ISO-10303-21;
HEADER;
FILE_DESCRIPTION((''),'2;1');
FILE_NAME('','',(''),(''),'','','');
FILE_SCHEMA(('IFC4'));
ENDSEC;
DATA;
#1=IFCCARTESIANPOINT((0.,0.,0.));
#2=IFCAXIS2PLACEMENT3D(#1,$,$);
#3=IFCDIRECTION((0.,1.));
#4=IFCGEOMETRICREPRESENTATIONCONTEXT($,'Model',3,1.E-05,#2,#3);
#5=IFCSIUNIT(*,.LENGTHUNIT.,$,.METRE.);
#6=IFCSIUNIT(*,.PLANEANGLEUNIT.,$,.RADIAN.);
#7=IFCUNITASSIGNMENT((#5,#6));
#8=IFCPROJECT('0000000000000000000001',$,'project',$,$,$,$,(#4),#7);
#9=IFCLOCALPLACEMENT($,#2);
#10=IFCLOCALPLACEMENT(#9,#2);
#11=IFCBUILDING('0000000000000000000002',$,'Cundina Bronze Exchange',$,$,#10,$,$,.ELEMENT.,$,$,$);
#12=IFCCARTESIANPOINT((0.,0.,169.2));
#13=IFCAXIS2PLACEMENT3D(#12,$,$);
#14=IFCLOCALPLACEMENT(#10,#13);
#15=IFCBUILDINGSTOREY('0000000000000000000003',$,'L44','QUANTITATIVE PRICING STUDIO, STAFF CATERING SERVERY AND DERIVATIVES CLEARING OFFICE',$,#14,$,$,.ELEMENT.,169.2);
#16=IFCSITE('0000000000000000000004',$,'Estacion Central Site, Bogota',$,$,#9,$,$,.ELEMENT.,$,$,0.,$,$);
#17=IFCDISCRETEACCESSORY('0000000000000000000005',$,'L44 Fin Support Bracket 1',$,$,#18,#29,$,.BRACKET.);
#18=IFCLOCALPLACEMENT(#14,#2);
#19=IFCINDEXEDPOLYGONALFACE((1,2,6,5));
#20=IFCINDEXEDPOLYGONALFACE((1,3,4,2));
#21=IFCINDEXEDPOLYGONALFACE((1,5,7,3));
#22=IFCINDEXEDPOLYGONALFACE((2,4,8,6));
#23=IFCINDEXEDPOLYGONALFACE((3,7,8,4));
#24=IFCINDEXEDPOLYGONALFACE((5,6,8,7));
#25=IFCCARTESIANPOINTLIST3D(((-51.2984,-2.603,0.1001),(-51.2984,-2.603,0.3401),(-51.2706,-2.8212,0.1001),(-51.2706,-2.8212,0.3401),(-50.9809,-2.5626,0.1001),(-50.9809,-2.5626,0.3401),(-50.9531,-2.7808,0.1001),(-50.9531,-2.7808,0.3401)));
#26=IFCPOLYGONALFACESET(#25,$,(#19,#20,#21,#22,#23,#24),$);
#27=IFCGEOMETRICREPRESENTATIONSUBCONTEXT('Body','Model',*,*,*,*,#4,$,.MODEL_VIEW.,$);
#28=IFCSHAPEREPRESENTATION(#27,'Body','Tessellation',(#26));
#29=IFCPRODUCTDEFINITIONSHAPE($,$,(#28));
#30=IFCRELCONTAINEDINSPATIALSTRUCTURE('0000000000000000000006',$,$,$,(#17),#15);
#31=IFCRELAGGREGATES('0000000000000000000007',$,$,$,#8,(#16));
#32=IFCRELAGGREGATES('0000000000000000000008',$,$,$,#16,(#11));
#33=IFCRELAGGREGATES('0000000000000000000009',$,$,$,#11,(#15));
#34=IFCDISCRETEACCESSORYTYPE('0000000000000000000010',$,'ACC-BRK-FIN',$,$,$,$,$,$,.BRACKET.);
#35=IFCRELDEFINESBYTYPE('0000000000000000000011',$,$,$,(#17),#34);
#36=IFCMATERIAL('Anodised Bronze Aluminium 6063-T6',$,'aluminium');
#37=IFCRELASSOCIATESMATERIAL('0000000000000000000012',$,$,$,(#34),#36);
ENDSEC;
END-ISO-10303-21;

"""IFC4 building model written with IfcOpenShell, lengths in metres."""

from ifc_helpers import new_model, si_unit, direction, frame, origin, origin_2d, place, context, subcontext, project, spatial, rectangle, extrude, material, type_object, element, save


model = new_model("IFC4")

# Units and contexts
model_context = context("Model", 3, precision=1e-05, world=origin(), true_north=direction((0.0, 1.0)))
body_context = subcontext(model_context, "Body", "Model", "MODEL_VIEW")
ifc_project = project(units=[si_unit("LENGTHUNIT", "METRE"), si_unit("PLANEANGLEUNIT", "RADIAN")], contexts=[model_context])

# Site, building, storey
site_placement = place(None, origin())
site = spatial("IfcSite", under=ifc_project, at=site_placement, Name="Estacion Central Site, Bogota", CompositionType="ELEMENT", RefElevation=0.0)
building_placement = place(site_placement, origin())
building = spatial("IfcBuilding", under=site, at=building_placement, Name="Cundina Bronze Exchange", CompositionType="ELEMENT")
storey_placement = place(building_placement, frame((0.0, 0.0, 169.2)))
storey = spatial("IfcBuildingStorey", under=building, at=storey_placement, Name="L44", Description="QUANTITATIVE PRICING STUDIO, STAFF CATERING SERVERY AND DERIVATIVES CLEARING OFFICE", CompositionType="ELEMENT", Elevation=169.2)

# Shared definitions
ifc_material_1 = material(Name="Anodised Bronze Aluminium 6063-T6", Category="aluminium")

# Discrete accessory
discrete_accessory_type = type_object("IfcDiscreteAccessoryType", Name="ACC-BRK-FIN", PredefinedType="BRACKET", material=ifc_material_1)
discrete_accessory_placement = place(storey_placement, frame((-51.1257, -2.6919, 0.1001), z_axis=(0.0, 0.0, 1.0), x_axis=(0.126476, -0.99197, 0.0)))
element("IfcDiscreteAccessory", 1, at=discrete_accessory_placement, inside=storey, type_object=discrete_accessory_type, Name="L44 Fin Support Bracket 1", PredefinedType="BRACKET", context=body_context, shape_type="SweptSolid", body=[
    extrude(rectangle(XDim=0.22, YDim=0.3201, at=origin_2d()), origin(), (0.0, 0.0, 1.0), 0.24),
])

save(model, "model.ifc")
